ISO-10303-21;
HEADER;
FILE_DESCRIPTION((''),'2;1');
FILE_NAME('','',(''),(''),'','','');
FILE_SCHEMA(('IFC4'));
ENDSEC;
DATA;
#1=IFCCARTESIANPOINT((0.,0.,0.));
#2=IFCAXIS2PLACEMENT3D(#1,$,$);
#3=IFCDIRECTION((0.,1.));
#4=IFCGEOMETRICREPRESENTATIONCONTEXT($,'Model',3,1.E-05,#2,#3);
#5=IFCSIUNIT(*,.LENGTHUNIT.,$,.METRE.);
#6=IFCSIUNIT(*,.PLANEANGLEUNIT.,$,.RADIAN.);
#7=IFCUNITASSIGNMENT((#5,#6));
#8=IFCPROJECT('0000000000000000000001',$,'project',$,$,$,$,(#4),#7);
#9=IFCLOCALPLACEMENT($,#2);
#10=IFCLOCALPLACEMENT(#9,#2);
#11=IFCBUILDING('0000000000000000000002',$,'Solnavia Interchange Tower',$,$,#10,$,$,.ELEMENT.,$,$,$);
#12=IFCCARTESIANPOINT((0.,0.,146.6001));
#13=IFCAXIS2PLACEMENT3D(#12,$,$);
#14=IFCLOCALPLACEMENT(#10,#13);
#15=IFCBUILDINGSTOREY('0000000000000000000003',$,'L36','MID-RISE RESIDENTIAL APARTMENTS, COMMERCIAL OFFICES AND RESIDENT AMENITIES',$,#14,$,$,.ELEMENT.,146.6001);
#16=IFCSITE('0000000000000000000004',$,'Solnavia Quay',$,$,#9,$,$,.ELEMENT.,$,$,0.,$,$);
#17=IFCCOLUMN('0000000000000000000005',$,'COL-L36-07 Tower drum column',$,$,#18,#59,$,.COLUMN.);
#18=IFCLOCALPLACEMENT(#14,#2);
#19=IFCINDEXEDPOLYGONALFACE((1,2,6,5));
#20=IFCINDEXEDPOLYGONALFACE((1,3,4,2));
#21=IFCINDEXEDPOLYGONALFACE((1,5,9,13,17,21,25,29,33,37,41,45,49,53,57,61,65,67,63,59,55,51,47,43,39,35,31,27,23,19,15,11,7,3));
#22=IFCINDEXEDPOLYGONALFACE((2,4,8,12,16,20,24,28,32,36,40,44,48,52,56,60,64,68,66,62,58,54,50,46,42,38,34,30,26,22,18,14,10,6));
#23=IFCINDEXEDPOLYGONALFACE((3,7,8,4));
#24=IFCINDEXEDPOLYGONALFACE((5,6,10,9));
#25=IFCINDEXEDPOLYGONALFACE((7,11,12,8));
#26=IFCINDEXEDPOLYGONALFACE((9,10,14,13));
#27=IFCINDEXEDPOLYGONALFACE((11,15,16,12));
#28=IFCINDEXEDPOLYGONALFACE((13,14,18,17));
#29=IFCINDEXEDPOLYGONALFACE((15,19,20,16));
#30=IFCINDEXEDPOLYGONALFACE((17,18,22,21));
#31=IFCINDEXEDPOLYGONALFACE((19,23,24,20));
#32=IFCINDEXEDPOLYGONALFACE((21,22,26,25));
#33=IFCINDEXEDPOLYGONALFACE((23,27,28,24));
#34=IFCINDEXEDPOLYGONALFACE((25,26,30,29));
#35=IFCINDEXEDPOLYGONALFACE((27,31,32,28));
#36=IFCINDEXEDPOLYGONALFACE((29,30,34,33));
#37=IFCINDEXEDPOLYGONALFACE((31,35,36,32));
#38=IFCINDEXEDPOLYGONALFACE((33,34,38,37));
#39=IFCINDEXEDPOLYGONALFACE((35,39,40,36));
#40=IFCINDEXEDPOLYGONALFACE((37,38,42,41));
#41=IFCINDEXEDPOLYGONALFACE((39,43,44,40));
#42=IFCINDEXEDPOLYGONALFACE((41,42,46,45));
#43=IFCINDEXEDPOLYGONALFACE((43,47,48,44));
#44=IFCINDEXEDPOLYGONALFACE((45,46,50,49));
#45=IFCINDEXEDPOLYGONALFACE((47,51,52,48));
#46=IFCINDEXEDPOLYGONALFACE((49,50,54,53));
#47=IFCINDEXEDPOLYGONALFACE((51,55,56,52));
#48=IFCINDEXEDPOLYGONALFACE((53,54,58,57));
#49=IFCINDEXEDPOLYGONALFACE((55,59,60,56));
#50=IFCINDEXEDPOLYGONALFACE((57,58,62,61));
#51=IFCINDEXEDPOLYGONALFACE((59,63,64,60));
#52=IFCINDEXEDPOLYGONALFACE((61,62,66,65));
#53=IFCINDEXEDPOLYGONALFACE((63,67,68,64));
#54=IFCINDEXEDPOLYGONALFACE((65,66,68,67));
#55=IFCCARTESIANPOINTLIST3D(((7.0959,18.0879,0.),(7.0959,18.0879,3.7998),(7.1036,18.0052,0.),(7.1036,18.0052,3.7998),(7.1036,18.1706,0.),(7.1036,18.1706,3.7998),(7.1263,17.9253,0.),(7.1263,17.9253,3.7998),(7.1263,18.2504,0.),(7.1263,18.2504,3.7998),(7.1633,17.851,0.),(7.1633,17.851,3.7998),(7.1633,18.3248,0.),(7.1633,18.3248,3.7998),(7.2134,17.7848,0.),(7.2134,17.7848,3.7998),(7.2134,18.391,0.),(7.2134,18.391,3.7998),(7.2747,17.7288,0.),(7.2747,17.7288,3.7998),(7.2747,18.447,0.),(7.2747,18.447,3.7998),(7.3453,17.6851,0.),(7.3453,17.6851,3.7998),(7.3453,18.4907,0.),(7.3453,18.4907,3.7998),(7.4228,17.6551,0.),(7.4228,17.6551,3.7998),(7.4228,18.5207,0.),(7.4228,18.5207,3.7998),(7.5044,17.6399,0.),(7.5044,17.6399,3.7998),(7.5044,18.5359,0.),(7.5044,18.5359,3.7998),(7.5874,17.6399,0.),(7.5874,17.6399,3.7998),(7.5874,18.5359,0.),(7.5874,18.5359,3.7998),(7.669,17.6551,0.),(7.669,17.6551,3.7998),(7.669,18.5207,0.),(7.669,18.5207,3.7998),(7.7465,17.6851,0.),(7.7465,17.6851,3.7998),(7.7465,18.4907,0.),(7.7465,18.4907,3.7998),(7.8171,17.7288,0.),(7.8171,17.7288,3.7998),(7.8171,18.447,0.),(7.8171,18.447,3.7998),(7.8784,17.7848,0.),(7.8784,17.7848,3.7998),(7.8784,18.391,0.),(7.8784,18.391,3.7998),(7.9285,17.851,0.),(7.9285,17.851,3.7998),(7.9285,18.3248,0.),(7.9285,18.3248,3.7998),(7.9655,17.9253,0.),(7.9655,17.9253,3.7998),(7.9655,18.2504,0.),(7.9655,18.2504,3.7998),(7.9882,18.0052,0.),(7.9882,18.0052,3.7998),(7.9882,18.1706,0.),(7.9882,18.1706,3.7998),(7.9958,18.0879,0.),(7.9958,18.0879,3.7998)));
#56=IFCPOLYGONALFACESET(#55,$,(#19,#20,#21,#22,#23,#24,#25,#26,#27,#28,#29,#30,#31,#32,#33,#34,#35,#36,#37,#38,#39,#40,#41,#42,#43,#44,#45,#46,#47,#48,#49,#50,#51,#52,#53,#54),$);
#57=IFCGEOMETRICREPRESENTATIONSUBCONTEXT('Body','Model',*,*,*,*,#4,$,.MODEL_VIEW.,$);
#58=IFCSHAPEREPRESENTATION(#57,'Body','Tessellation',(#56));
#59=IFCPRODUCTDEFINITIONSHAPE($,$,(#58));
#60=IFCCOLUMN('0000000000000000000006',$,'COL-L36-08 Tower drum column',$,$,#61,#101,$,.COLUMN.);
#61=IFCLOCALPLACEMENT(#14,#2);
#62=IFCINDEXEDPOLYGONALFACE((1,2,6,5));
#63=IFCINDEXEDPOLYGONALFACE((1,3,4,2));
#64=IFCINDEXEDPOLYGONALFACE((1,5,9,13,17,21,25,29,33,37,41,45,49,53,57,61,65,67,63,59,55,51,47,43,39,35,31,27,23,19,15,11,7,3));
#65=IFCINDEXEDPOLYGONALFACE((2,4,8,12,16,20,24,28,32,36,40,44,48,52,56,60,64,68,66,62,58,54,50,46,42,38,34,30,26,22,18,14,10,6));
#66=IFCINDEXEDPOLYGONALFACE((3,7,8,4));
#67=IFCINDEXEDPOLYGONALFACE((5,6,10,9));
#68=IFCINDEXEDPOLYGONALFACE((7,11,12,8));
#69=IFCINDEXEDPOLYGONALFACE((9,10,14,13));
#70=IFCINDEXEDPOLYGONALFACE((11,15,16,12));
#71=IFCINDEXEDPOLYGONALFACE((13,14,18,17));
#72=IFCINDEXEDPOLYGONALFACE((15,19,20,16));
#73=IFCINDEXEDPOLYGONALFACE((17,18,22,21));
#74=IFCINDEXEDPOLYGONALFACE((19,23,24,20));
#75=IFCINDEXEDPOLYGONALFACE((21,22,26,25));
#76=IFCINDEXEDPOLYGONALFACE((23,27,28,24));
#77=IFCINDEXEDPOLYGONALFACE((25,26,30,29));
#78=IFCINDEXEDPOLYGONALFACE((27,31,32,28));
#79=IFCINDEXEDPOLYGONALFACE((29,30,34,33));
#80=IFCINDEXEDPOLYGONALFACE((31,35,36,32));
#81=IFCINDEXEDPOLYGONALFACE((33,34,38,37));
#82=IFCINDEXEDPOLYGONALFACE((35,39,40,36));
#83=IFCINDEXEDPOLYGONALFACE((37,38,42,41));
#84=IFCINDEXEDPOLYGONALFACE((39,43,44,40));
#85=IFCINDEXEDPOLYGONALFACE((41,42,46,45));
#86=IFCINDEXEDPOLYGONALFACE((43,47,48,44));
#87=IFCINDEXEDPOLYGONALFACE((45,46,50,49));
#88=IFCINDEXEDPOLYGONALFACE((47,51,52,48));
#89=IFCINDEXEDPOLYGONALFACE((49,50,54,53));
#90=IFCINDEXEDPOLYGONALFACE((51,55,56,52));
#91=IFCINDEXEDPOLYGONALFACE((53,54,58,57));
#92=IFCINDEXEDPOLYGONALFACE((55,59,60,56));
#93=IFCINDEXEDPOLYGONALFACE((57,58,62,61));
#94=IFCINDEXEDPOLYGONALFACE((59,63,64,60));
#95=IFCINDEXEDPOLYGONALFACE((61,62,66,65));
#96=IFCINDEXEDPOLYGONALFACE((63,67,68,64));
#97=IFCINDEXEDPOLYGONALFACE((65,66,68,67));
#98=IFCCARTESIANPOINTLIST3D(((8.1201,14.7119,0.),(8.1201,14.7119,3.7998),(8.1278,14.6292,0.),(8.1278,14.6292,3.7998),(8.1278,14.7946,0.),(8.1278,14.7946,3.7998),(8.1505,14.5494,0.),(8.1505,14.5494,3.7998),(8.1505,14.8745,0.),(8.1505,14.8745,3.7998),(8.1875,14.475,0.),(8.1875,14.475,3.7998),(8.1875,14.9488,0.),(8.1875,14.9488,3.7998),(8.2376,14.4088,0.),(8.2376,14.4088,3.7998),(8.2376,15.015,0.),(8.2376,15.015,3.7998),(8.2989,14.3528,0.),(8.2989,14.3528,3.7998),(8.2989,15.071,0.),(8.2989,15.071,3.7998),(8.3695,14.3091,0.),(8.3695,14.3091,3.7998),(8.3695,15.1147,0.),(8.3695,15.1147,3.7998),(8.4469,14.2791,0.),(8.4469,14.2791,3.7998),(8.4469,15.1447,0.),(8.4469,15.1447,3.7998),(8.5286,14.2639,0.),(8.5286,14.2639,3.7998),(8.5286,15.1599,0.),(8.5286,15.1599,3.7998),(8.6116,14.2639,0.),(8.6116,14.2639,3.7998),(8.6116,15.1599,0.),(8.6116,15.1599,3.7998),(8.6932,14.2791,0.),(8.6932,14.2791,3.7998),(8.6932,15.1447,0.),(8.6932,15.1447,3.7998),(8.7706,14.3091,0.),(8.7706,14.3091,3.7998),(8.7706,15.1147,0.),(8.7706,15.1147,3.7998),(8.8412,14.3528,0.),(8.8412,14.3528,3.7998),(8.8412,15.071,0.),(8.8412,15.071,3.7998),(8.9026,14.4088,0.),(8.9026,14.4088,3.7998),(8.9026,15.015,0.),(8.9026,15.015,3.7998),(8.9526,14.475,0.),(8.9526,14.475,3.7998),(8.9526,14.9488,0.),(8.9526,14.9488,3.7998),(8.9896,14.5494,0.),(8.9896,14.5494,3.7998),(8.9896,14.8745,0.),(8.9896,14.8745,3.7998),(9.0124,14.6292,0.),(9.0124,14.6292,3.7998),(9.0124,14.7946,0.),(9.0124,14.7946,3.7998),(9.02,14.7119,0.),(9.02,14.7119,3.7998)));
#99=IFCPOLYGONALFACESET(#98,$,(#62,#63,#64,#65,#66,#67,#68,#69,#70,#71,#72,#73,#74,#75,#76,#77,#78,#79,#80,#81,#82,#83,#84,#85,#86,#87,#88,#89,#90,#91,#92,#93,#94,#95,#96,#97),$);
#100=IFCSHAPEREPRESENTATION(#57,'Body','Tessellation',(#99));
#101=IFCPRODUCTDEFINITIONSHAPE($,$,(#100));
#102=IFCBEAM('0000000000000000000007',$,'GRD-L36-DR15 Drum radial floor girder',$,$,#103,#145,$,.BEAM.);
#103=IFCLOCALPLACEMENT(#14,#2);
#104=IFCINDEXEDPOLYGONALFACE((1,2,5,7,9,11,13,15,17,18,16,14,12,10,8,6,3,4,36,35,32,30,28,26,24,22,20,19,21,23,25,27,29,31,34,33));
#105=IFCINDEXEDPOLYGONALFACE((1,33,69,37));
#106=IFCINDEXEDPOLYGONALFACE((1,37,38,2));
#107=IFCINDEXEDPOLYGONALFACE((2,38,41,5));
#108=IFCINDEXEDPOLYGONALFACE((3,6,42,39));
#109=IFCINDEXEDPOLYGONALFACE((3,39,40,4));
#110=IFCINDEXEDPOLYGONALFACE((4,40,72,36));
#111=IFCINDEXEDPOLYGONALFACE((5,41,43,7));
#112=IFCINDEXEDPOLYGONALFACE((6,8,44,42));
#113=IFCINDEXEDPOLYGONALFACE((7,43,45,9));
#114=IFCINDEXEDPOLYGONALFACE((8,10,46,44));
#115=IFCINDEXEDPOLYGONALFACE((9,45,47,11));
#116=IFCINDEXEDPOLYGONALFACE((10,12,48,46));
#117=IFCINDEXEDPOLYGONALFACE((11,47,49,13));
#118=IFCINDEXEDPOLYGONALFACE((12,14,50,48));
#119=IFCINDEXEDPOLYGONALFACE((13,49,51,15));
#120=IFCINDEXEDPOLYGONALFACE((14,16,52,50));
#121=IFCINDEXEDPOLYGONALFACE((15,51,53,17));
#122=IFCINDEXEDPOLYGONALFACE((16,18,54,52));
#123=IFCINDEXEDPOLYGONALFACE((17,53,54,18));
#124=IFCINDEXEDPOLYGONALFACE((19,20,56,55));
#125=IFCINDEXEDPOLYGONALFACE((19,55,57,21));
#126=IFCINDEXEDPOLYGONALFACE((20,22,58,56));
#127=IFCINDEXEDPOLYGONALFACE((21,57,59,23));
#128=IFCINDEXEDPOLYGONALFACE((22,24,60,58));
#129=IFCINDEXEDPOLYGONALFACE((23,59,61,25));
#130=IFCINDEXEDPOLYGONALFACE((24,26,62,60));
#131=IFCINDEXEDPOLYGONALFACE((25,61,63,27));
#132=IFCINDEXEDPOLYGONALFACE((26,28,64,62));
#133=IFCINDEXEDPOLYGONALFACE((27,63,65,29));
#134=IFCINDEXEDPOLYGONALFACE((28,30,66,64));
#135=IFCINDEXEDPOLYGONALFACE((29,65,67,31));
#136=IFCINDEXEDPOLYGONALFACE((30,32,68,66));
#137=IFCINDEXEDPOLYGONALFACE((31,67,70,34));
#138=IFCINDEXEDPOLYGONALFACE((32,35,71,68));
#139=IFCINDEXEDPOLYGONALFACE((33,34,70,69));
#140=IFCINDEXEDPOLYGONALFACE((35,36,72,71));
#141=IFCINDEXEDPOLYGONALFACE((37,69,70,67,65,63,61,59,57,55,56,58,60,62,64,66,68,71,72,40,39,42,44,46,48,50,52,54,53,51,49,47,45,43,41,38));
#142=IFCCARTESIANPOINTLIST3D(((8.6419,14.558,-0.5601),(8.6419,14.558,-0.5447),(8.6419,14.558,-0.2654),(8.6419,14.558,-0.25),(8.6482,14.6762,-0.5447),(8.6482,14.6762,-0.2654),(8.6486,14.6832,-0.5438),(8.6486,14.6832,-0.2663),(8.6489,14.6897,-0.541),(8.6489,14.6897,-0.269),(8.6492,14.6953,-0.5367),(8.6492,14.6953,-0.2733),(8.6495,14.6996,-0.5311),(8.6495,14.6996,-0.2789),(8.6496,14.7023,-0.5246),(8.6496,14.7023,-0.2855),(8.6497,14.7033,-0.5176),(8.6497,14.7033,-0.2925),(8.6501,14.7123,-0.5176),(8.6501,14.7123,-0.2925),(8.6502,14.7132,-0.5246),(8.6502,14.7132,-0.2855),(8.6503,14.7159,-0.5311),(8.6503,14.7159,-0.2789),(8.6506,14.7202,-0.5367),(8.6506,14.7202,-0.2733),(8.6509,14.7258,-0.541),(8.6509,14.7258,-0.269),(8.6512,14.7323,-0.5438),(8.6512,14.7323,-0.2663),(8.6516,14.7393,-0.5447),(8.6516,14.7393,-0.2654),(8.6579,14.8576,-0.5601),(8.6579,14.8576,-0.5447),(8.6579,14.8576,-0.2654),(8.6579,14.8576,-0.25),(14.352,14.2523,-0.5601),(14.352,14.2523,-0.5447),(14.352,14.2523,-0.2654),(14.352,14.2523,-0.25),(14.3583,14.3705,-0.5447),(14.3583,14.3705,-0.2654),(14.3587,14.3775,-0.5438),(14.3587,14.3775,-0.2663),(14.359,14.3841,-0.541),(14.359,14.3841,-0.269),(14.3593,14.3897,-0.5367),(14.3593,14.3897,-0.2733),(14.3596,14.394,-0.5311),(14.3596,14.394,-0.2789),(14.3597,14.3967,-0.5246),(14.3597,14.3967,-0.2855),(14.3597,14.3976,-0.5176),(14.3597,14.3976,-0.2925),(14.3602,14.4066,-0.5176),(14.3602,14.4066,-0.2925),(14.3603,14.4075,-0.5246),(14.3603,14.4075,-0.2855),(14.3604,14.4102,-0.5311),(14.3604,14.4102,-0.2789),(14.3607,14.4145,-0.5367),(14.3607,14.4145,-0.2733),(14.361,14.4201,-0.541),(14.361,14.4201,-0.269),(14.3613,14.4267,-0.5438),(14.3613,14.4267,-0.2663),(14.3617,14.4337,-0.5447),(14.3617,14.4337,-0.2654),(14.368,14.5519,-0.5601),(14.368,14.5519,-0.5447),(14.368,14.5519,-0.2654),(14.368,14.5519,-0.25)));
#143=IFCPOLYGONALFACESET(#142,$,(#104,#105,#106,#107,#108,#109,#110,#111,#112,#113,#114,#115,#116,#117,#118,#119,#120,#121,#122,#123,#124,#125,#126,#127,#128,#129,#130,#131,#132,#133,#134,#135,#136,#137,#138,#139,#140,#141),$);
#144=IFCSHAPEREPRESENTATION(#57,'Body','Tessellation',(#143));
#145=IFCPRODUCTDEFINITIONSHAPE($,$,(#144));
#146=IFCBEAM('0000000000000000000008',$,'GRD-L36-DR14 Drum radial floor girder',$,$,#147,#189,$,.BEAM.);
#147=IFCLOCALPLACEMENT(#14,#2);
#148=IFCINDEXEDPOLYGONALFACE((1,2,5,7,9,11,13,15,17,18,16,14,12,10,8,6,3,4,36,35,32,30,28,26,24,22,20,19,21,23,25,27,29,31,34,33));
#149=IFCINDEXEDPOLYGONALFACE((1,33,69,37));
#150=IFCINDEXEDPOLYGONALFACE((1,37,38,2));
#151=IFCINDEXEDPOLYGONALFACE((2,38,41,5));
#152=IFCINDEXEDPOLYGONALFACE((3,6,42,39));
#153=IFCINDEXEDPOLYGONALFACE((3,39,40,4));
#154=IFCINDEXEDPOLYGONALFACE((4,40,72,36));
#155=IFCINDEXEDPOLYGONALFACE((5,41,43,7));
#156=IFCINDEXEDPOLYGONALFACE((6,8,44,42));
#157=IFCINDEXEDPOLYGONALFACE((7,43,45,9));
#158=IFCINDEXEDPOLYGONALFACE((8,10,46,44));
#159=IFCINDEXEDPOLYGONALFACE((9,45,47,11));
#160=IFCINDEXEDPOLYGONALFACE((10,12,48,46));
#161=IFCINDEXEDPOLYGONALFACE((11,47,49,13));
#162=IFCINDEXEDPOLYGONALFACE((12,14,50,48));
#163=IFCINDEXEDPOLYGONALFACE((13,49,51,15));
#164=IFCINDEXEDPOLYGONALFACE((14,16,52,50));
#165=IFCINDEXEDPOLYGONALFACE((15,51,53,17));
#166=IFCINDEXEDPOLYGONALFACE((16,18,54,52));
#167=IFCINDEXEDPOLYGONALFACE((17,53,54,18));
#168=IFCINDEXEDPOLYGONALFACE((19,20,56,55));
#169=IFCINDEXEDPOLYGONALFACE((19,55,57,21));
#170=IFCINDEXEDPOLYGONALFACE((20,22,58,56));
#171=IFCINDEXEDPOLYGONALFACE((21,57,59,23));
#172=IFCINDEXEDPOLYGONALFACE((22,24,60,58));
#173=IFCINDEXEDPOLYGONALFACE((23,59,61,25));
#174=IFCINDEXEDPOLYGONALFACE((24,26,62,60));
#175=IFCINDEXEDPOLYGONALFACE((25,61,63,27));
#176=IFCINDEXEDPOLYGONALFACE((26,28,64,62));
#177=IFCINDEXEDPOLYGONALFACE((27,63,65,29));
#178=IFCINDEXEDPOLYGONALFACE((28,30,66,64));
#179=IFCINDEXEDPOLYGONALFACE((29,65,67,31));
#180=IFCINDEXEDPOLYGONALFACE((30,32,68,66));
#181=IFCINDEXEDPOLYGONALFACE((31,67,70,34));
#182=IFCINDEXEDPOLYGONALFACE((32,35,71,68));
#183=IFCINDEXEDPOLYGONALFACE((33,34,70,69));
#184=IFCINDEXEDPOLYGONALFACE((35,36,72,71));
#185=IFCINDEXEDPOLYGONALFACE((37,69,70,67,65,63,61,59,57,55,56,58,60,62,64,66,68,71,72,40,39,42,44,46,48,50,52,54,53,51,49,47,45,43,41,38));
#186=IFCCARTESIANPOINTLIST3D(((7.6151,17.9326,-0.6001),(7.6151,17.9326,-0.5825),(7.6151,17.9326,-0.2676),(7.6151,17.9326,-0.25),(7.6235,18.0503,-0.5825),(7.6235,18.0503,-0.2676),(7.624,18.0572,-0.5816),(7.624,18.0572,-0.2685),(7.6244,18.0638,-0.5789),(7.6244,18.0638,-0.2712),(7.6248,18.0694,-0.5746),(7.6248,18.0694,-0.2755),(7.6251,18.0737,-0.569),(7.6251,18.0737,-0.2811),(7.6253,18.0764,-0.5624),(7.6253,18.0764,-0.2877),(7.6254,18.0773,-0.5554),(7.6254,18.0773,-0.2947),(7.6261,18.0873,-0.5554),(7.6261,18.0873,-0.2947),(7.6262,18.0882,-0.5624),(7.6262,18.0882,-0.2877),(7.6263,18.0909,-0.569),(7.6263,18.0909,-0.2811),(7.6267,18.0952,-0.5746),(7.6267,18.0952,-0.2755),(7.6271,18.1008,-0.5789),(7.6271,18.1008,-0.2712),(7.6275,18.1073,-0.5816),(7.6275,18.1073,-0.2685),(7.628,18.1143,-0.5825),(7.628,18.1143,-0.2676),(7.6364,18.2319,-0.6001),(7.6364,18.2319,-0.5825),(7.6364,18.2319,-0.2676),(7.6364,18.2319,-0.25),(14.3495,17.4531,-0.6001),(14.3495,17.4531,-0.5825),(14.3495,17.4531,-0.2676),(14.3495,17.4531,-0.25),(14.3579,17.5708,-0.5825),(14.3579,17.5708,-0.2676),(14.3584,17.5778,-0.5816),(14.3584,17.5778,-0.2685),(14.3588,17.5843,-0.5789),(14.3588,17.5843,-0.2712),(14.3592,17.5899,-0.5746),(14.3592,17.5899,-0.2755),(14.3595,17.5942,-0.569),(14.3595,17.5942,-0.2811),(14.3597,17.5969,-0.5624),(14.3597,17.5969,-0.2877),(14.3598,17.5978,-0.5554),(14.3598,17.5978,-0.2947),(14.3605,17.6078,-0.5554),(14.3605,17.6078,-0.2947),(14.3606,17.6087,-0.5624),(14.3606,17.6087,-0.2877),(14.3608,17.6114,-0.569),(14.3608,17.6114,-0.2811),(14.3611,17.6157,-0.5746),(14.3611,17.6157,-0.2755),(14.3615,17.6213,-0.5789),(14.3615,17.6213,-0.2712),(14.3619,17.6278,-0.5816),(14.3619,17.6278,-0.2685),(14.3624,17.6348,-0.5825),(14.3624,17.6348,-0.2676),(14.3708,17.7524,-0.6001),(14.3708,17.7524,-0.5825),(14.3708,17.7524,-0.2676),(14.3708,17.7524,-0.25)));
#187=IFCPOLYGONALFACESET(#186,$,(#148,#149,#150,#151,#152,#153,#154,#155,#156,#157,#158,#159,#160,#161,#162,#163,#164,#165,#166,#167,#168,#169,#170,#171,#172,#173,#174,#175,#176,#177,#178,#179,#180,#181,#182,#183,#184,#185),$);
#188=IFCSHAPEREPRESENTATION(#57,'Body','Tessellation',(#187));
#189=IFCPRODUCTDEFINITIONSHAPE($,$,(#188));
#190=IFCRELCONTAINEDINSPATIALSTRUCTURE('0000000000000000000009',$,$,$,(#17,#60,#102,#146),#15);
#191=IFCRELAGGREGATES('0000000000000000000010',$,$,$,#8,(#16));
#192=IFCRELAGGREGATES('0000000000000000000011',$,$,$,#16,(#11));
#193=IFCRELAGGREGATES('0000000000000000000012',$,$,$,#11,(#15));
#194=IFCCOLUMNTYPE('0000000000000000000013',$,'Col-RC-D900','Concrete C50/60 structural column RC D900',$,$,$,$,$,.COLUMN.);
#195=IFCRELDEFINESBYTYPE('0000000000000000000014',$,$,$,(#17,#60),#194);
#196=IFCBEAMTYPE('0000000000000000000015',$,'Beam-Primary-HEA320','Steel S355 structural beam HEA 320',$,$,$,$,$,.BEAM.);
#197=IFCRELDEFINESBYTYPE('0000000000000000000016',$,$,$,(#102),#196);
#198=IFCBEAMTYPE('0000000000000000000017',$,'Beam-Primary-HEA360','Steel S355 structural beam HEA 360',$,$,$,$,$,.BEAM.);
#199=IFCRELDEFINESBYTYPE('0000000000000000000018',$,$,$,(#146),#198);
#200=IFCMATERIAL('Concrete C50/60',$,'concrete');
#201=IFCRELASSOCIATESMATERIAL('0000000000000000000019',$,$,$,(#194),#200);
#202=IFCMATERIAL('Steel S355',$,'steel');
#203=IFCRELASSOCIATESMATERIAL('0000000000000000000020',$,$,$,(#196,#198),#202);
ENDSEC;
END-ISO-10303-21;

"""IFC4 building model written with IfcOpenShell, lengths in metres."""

from ifc_helpers import new_model, si_unit, direction, frame, origin, origin_2d, place, context, subcontext, project, spatial, circle, i_section, extrude, material, material_profile, profile_set, type_object, element, save


model = new_model("IFC4")

# Units and contexts
model_context = context("Model", 3, precision=1e-05, world=origin(), true_north=direction((0.0, 1.0)))
body_context = subcontext(model_context, "Body", "Model", "MODEL_VIEW")
ifc_project = project(units=[si_unit("LENGTHUNIT", "METRE"), si_unit("PLANEANGLEUNIT", "RADIAN")], contexts=[model_context])

# Site, building, storey
site_placement = place(None, origin())
site = spatial("IfcSite", under=ifc_project, at=site_placement, Name="Solnavia Quay", CompositionType="ELEMENT", RefElevation=0.0)
building_placement = place(site_placement, origin())
building = spatial("IfcBuilding", under=site, at=building_placement, Name="Solnavia Interchange Tower", CompositionType="ELEMENT")
storey_placement = place(building_placement, frame((0.0, 0.0, 146.6001)))
storey = spatial("IfcBuildingStorey", under=building, at=storey_placement, Name="L36", Description="MID-RISE RESIDENTIAL APARTMENTS, COMMERCIAL OFFICES AND RESIDENT AMENITIES", CompositionType="ELEMENT", Elevation=146.6001)

# Columns
ifc_material_1 = material(Name="Concrete C50/60", Category="concrete")
ifc_material_profile_1 = material_profile(ifc_material_1, circle(Radius=0.45, at=origin_2d()), Name="RC D900")
ifc_profile_set_1 = profile_set([ifc_material_profile_1], Name="Concrete C50/60")
column_type = type_object("IfcColumnType", Name="Col-RC-D900", Description="Concrete C50/60 structural column RC D900", PredefinedType="COLUMN", material=ifc_profile_set_1)
for number, where, z_axis, x_axis, name in (
    (1, (7.5459, 18.0879, 0.0), (0.0, 0.0, 1.0), (1.0, 0.0, 0.0), "COL-L36-07 Tower drum column"),
    (2, (8.5701, 14.7119, 0.0), (0.0, 0.0, 1.0), (1.0, 0.0, 0.0), "COL-L36-08 Tower drum column"),
):
    element("IfcColumn", number, at=place(storey_placement, frame(where, z_axis=z_axis, x_axis=x_axis)), inside=storey, type_object=column_type, Name=name, PredefinedType="COLUMN", context=body_context, shape_type="SweptSolid", body=[
        extrude(circle(Radius=0.45, at=origin_2d()), origin(), (0.0, 0.0, 1.0), 3.7998),
    ])

# Beams
ifc_material_2 = material(Name="Steel S355", Category="steel")
ifc_material_profile_2 = material_profile(ifc_material_2, i_section(OverallWidth=0.3, OverallDepth=0.3101, WebThickness=0.009, FlangeThickness=0.0154, FilletRadius=0.0271, at=origin_2d()), Name="HEA 320")
ifc_profile_set_2 = profile_set([ifc_material_profile_2], Name="Steel S355")
beam_type_1 = type_object("IfcBeamType", Name="Beam-Primary-HEA320", Description="Steel S355 structural beam HEA 320", PredefinedType="BEAM", material=ifc_profile_set_2)
beam_1_placement = place(storey_placement, frame((8.6499, 14.7078, -0.405), z_axis=(0.99857, -0.053453, 0.0), x_axis=(0.053453, 0.99857, 0.0)))
element("IfcBeam", 3, at=beam_1_placement, inside=storey, type_object=beam_type_1, Name="GRD-L36-DR15 Drum radial floor girder", PredefinedType="BEAM", context=body_context, shape_type="SweptSolid", body=[
    extrude(i_section(OverallWidth=0.3, OverallDepth=0.3101, WebThickness=0.009, FlangeThickness=0.0154, FilletRadius=0.0271, at=origin_2d()), origin(), (0.0, 0.0, 1.0), 5.7183),
])
ifc_material_profile_3 = material_profile(ifc_material_2, i_section(OverallWidth=0.3, OverallDepth=0.3501, WebThickness=0.01, FlangeThickness=0.0176, FilletRadius=0.0271, at=origin_2d()), Name="HEA 360")
ifc_profile_set_3 = profile_set([ifc_material_profile_3], Name="Steel S355")
beam_type_2 = type_object("IfcBeamType", Name="Beam-Primary-HEA360", Description="Steel S355 structural beam HEA 360", PredefinedType="BEAM", material=ifc_profile_set_3)
beam_2_placement = place(storey_placement, frame((7.6257, 18.0823, -0.425), z_axis=(0.997475, -0.071021, 0.0), x_axis=(0.071021, 0.997475, 0.0)))
element("IfcBeam", 4, at=beam_2_placement, inside=storey, type_object=beam_type_2, Name="GRD-L36-DR14 Drum radial floor girder", PredefinedType="BEAM", context=body_context, shape_type="SweptSolid", body=[
    extrude(i_section(OverallWidth=0.3, OverallDepth=0.3501, WebThickness=0.01, FlangeThickness=0.0176, FilletRadius=0.0271, at=origin_2d()), origin(), (0.0, 0.0, 1.0), 6.7515),
])

save(model, "model.ifc")
